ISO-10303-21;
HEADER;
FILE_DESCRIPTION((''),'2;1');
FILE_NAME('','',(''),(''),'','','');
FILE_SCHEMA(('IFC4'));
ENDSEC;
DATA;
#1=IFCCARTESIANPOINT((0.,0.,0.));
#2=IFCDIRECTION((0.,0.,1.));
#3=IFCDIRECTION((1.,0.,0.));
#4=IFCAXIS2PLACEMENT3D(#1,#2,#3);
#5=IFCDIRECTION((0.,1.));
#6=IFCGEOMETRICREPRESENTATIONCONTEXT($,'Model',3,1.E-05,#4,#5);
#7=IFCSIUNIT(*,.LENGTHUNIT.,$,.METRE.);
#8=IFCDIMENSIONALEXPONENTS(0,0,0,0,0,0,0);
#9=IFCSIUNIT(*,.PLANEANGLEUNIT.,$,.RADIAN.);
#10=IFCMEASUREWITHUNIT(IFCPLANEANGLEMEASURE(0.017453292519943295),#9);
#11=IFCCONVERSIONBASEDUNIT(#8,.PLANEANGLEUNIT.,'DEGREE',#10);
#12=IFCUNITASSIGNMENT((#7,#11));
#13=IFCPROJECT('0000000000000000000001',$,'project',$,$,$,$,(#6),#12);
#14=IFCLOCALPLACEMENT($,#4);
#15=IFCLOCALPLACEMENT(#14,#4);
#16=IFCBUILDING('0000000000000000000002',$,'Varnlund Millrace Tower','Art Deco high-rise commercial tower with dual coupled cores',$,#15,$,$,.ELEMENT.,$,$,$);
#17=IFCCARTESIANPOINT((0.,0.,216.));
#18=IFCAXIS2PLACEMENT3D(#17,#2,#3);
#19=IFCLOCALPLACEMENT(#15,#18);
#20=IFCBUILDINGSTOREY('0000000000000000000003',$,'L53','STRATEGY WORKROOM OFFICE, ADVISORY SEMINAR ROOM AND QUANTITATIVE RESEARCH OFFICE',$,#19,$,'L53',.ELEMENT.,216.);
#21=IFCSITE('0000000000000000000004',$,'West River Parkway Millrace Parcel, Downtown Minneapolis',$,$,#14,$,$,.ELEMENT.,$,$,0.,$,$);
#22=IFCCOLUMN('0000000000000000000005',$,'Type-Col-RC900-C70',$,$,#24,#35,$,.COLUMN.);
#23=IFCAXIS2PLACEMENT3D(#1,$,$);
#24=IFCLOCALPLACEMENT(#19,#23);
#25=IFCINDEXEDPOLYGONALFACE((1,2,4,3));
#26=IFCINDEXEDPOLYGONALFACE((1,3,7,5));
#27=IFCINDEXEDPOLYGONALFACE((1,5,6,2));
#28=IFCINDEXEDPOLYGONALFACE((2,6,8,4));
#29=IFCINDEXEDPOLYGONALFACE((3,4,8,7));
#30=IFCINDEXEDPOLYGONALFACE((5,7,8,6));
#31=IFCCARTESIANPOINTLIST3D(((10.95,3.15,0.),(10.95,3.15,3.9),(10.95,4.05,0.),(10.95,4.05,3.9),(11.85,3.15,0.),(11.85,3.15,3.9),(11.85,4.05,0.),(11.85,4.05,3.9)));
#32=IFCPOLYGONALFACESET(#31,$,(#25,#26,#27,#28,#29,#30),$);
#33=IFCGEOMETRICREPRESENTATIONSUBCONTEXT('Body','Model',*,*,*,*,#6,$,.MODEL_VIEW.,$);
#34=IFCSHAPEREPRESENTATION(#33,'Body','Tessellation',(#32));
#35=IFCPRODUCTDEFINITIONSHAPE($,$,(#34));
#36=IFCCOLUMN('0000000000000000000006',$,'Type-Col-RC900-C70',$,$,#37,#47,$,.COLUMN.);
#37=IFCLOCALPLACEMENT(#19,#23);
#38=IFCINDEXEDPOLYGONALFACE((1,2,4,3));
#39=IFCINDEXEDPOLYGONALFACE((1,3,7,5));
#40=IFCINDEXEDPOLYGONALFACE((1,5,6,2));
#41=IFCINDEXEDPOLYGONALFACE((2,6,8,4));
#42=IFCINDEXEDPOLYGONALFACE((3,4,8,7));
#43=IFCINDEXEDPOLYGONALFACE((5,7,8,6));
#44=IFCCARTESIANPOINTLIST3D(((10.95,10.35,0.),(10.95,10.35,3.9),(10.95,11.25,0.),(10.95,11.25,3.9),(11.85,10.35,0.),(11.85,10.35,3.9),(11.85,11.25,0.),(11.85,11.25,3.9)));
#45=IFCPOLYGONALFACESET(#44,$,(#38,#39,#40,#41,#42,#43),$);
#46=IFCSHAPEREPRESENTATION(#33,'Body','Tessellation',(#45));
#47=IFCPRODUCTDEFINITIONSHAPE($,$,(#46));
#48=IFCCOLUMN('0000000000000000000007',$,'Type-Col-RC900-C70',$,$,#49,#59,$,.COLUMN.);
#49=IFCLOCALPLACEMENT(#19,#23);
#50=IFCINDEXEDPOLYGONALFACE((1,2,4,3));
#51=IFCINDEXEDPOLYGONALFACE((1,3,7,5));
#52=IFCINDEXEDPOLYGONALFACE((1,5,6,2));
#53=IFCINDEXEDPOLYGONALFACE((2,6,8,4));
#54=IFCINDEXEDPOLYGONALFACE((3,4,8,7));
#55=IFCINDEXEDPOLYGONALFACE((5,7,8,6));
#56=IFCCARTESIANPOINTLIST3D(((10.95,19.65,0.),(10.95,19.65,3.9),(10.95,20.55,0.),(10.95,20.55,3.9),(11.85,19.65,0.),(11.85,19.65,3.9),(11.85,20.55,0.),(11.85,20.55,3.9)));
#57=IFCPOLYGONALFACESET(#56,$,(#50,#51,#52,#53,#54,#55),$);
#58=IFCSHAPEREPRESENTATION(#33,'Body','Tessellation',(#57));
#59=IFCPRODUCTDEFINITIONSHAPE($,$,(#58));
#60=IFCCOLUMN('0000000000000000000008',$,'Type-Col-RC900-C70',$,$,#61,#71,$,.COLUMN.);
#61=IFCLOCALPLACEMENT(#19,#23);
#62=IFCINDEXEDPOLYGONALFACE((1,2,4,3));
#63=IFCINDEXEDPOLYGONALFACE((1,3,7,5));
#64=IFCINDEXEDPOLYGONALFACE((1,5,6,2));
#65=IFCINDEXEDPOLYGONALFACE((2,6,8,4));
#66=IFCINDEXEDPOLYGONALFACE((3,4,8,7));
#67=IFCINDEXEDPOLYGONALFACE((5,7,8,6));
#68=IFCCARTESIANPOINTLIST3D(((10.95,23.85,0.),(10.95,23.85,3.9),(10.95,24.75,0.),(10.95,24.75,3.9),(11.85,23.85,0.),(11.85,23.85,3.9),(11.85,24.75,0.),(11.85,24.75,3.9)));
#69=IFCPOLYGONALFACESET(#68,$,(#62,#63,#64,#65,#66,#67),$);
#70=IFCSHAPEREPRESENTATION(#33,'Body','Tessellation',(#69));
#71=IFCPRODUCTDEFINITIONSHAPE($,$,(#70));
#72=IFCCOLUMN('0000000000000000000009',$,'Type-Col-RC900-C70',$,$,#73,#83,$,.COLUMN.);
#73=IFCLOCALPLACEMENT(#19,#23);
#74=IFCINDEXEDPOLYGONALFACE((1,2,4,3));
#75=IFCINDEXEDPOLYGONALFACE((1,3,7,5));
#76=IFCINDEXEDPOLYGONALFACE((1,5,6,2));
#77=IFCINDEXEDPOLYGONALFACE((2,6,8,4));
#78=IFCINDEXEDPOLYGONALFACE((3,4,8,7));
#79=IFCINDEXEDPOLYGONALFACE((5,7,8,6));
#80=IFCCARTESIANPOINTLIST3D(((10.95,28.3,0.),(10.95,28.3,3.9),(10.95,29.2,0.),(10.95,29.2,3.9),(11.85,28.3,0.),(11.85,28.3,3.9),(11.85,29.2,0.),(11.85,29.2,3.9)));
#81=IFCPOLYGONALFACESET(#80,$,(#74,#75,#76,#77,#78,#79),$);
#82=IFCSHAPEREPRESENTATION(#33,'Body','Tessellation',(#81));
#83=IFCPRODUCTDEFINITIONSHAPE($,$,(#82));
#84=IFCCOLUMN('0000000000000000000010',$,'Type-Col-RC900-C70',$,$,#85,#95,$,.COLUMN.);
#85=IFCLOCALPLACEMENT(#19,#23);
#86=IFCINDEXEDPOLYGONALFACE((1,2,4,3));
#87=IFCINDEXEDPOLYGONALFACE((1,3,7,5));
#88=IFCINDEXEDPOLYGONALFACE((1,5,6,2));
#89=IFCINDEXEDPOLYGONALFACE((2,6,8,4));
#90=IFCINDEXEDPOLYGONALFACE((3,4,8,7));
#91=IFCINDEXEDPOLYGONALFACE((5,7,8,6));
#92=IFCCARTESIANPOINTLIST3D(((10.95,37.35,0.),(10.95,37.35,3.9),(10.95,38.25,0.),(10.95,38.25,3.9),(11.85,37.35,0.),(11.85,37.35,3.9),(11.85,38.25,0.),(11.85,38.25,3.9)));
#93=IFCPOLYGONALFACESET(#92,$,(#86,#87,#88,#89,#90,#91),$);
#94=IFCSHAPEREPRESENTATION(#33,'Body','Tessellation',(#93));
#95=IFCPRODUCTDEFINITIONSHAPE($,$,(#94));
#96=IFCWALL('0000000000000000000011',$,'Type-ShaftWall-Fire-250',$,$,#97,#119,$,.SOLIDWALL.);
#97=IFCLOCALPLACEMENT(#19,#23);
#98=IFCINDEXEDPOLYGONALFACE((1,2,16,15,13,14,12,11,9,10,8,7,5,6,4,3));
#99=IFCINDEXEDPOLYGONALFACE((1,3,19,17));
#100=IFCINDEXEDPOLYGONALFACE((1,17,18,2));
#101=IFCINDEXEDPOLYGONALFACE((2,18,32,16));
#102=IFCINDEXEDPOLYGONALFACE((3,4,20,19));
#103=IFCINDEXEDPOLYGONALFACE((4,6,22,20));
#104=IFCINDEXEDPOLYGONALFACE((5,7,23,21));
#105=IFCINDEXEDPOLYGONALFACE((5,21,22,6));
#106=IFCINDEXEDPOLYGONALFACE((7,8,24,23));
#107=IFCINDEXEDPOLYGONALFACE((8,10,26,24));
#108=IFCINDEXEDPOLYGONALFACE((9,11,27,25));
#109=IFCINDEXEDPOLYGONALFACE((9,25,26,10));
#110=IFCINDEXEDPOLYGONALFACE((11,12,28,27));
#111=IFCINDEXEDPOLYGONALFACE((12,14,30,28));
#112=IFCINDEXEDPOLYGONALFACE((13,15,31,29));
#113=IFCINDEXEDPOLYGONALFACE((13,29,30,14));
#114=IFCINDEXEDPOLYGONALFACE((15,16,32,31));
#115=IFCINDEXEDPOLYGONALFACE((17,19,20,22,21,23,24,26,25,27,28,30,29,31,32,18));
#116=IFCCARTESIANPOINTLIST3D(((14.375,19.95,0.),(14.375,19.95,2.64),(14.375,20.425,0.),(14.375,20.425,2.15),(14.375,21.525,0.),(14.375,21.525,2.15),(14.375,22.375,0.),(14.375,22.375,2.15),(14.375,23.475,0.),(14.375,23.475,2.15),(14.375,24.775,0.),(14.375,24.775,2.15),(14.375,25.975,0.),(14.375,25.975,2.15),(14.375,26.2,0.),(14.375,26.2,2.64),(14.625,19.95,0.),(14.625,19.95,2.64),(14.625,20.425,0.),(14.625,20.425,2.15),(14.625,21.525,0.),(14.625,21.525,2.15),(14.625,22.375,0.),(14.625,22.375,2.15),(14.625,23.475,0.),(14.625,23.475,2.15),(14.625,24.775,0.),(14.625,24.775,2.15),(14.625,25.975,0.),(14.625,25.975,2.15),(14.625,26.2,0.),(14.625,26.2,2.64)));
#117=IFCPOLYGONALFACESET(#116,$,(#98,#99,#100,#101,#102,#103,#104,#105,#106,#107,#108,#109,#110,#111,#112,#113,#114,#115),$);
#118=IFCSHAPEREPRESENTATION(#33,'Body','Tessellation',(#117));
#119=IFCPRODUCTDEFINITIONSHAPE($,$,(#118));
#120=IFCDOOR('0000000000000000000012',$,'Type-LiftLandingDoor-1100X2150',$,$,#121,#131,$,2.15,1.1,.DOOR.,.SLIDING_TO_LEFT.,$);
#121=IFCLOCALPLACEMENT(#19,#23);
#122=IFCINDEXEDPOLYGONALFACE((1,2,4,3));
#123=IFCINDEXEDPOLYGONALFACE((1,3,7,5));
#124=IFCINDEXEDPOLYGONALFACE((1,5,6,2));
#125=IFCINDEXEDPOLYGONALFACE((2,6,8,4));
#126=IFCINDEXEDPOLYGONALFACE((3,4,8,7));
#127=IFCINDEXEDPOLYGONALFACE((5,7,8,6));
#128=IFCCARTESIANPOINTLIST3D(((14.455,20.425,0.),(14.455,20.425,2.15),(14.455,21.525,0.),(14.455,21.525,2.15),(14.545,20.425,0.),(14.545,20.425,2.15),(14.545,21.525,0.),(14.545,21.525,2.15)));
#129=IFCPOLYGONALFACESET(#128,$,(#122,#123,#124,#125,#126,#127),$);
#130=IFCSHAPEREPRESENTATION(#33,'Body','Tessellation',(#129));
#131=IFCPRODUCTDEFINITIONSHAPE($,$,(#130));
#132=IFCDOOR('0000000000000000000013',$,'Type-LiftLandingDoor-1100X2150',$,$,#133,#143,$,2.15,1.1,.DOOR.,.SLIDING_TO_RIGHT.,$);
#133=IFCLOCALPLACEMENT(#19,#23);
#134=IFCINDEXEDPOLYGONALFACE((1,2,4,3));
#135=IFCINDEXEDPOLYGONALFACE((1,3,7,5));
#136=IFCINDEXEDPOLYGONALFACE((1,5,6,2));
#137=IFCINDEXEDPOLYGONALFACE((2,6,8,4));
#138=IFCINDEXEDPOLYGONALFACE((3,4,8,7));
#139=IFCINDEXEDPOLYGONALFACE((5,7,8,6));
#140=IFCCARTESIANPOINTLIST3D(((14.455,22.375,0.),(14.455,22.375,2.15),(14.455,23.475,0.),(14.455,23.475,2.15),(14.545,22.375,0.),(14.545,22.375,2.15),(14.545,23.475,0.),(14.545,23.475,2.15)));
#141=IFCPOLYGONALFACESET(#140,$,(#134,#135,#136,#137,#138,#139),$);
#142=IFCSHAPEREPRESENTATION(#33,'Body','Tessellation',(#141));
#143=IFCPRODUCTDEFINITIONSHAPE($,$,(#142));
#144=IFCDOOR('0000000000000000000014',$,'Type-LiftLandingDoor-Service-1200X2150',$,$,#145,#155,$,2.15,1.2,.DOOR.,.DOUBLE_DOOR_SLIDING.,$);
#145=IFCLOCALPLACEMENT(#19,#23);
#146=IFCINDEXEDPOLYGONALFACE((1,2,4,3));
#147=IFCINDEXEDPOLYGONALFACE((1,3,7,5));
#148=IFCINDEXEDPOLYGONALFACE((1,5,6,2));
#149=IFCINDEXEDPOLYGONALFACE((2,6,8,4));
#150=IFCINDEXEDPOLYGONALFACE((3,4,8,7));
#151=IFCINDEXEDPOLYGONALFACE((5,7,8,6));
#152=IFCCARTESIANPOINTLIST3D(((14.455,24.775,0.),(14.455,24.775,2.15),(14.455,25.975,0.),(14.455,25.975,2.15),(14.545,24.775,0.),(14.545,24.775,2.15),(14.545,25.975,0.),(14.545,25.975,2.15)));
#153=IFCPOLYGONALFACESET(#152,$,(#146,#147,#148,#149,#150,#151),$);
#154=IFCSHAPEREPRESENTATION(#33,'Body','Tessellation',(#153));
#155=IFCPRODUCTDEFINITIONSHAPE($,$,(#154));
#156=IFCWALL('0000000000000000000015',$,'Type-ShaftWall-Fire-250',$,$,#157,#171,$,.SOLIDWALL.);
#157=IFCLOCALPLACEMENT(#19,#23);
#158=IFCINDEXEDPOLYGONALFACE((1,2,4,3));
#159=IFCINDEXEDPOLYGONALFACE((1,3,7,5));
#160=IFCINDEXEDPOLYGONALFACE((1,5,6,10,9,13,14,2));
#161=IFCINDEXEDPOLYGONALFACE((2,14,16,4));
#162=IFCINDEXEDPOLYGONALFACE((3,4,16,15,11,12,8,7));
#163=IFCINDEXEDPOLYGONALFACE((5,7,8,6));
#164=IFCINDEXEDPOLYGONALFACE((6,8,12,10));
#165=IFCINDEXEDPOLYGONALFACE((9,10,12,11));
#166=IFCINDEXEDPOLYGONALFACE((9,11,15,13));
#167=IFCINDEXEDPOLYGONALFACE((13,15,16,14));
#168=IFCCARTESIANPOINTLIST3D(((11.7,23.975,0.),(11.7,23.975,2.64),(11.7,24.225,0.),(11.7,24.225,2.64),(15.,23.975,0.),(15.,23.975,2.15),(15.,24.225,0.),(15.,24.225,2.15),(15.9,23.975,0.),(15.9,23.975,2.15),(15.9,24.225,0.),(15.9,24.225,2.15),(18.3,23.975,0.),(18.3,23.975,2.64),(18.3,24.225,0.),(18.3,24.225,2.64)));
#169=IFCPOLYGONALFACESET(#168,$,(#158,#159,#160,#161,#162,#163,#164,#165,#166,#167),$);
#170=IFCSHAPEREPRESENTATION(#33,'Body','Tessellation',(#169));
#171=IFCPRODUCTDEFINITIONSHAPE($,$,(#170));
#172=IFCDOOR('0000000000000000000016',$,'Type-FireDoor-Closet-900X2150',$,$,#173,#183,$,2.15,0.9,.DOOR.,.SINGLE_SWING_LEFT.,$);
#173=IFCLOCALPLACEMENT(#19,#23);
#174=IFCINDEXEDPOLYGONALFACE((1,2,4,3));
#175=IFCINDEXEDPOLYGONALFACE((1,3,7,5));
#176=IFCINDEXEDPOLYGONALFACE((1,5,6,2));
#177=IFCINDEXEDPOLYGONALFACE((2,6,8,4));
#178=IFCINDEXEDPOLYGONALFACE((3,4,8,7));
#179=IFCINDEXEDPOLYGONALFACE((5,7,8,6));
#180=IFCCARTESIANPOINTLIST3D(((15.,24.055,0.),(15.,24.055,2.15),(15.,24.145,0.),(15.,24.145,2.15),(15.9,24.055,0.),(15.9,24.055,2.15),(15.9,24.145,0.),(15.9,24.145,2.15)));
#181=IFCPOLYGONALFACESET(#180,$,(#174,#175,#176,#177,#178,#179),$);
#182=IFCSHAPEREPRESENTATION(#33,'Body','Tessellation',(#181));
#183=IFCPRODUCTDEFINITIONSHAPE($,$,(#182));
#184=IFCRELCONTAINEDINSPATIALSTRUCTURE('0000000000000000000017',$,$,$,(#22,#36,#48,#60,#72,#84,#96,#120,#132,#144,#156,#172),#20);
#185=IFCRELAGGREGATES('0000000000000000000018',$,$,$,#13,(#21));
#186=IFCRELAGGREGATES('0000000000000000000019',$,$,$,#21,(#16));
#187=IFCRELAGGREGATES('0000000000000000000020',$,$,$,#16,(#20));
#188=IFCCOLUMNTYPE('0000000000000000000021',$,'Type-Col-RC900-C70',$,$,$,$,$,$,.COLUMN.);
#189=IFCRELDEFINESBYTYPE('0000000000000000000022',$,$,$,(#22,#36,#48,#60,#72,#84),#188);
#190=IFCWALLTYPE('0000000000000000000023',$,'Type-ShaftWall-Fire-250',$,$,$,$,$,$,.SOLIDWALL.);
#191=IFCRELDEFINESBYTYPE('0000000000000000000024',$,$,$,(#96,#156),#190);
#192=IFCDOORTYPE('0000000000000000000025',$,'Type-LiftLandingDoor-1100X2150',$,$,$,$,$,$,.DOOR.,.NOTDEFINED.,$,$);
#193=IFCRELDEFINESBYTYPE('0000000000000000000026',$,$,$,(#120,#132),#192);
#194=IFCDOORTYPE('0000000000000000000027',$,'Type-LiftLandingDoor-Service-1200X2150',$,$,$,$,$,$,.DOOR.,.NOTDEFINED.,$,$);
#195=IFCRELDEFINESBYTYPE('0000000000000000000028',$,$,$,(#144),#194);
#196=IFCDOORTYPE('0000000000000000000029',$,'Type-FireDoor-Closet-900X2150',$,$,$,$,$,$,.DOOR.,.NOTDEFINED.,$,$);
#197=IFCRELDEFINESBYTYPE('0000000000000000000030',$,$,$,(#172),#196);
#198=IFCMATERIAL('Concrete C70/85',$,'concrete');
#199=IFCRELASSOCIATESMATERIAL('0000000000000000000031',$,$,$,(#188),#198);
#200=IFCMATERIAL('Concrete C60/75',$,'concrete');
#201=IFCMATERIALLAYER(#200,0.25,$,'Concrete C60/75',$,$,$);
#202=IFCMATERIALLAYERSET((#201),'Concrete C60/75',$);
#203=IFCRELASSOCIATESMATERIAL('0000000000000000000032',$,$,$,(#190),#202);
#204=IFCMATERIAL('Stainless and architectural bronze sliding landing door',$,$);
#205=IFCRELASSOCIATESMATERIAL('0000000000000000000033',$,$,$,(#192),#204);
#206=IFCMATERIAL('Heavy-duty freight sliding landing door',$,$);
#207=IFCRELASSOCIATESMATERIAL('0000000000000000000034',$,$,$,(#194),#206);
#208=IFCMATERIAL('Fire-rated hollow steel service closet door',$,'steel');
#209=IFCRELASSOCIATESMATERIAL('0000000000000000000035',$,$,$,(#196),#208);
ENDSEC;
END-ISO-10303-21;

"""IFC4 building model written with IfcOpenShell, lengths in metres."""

from ifc_helpers import new_model, entity, si_unit, converted_unit, direction, frame, origin_with_axes, origin_2d_with_axis, place, context, subcontext, project, spatial, polyline, rectangle, outline, extrude, material, layer, layer_set, material_profile, profile_set, type_object, element, fill, save


model = new_model("IFC4")

# Units and contexts
model_context = context("Model", 3, precision=1e-05, world=origin_with_axes(), true_north=direction((0.0, 1.0)))
body_context = subcontext(model_context, "Body", "Model", "MODEL_VIEW")
ifc_project = project(units=[si_unit("LENGTHUNIT", "METRE"), converted_unit("PLANEANGLEUNIT", "DEGREE", entity("IfcPlaneAngleMeasure", 0.017453292519943295), si_unit("PLANEANGLEUNIT", "RADIAN"), dimensions=[0, 0, 0, 0, 0, 0, 0])], contexts=[model_context])

# Site, building, storey
site_placement = place(None, origin_with_axes())
site = spatial("IfcSite", under=ifc_project, at=site_placement, Name="West River Parkway Millrace Parcel, Downtown Minneapolis", CompositionType="ELEMENT", RefElevation=0.0)
building_placement = place(site_placement, origin_with_axes())
building = spatial("IfcBuilding", under=site, at=building_placement, Name="Varnlund Millrace Tower", Description="Art Deco high-rise commercial tower with dual coupled cores", CompositionType="ELEMENT")
storey_placement = place(building_placement, frame((0.0, 0.0, 216.0), z_axis=(0.0, 0.0, 1.0), x_axis=(1.0, 0.0, 0.0)))
storey = spatial("IfcBuildingStorey", under=building, at=storey_placement, Name="L53", Description="STRATEGY WORKROOM OFFICE, ADVISORY SEMINAR ROOM AND QUANTITATIVE RESEARCH OFFICE", LongName="L53", CompositionType="ELEMENT", Elevation=216.0)

# Columns
ifc_material_1 = material(Name="Concrete C70/85", Category="concrete")
ifc_material_profile = material_profile(ifc_material_1, rectangle(XDim=0.9, YDim=0.9, at=origin_2d_with_axis()), Name="Concrete C70/85")
ifc_profile_set = profile_set([ifc_material_profile], Name="Concrete C70/85")
column_type = type_object("IfcColumnType", Name="Type-Col-RC900-C70", PredefinedType="COLUMN", material=ifc_profile_set)
for number, where, z_axis, x_axis, name in (
    (1, (11.4, 3.6, 0.0), (0.0, 0.0, 1.0), (1.0, 0.0, 0.0), "Type-Col-RC900-C70"),
    (2, (11.4, 10.8, 0.0), (0.0, 0.0, 1.0), (1.0, 0.0, 0.0), "Type-Col-RC900-C70"),
    (3, (11.4, 20.1, 0.0), (0.0, 0.0, 1.0), (1.0, 0.0, 0.0), "Type-Col-RC900-C70"),
    (4, (11.4, 24.3, 0.0), (0.0, 0.0, 1.0), (1.0, 0.0, 0.0), "Type-Col-RC900-C70"),
    (5, (11.4, 28.75, 0.0), (0.0, 0.0, 1.0), (1.0, 0.0, 0.0), "Type-Col-RC900-C70"),
    (6, (11.4, 37.8, 0.0), (0.0, 0.0, 1.0), (1.0, 0.0, 0.0), "Type-Col-RC900-C70"),
):
    element("IfcColumn", number, at=place(storey_placement, frame(where, z_axis=z_axis, x_axis=x_axis)), inside=storey, type_object=column_type, Name=name, PredefinedType="COLUMN", context=body_context, shape_type="SweptSolid", body=[
        extrude(rectangle(XDim=0.9, YDim=0.9, at=origin_2d_with_axis()), origin_with_axes(), (0.0, 0.0, 1.0), 3.9),
    ])

# Wall, openings, doors
ifc_material_2 = material(Name="Concrete C60/75", Category="concrete")
ifc_layer = layer(ifc_material_2, 0.25, Name="Concrete C60/75")
ifc_layer_set = layer_set([ifc_layer], Name="Concrete C60/75")
wall_type_1 = type_object("IfcWallType", Name="Type-ShaftWall-Fire-250", PredefinedType="SOLIDWALL", material=ifc_layer_set)
wall_1_placement = place(storey_placement, frame((14.5, 19.95, 0.0), z_axis=(0.0, 0.0, 1.0), x_axis=(0.0, 1.0, 0.0)))
wall_1 = element("IfcWall", 7, at=wall_1_placement, inside=storey, type_object=wall_type_1, Name="Type-ShaftWall-Fire-250", PredefinedType="SOLIDWALL", context=body_context, shape_type="SweptSolid", body=[
    extrude(outline(polyline([(0.0, -0.125), (6.25, -0.125), (6.25, 0.125), (0.0, 0.125), (0.0, -0.125)])), origin_with_axes(), (0.0, 0.0, 1.0), 2.64),
])
opening_1_placement = place(wall_1_placement, frame((1.025, 0.0, 0.0), z_axis=(0.0, 0.0, 1.0), x_axis=(1.0, 0.0, 0.0)))
opening_1 = element("IfcOpeningElement", 8, at=opening_1_placement, cuts=wall_1, PredefinedType="OPENING", context=body_context, shape_type="SweptSolid", body=[
    extrude(rectangle(XDim=1.1, YDim=0.27, at=origin_2d_with_axis()), origin_with_axes(), (0.0, 0.0, 1.0), 2.15),
])
opening_2_placement = place(wall_1_placement, frame((2.975, 0.0, 0.0), z_axis=(0.0, 0.0, 1.0), x_axis=(1.0, 0.0, 0.0)))
opening_2 = element("IfcOpeningElement", 9, at=opening_2_placement, cuts=wall_1, PredefinedType="OPENING", context=body_context, shape_type="SweptSolid", body=[
    extrude(rectangle(XDim=1.1, YDim=0.27, at=origin_2d_with_axis()), origin_with_axes(), (0.0, 0.0, 1.0), 2.15),
])
opening_3_placement = place(wall_1_placement, frame((5.425, 0.0, 0.0), z_axis=(0.0, 0.0, 1.0), x_axis=(1.0, 0.0, 0.0)))
opening_3 = element("IfcOpeningElement", 10, at=opening_3_placement, cuts=wall_1, PredefinedType="OPENING", context=body_context, shape_type="SweptSolid", body=[
    extrude(rectangle(XDim=1.2, YDim=0.27, at=origin_2d_with_axis()), origin_with_axes(), (0.0, 0.0, 1.0), 2.15),
])
ifc_material_3 = material(Name="Stainless and architectural bronze sliding landing door")
door_type_1 = type_object("IfcDoorType", Name="Type-LiftLandingDoor-1100X2150", OperationType="NOTDEFINED", PredefinedType="DOOR", material=ifc_material_3)
door_1_placement = place(wall_1_placement, frame((1.025, 0.0, 0.0), z_axis=(0.0, 0.0, 1.0), x_axis=(1.0, 0.0, 0.0)))
door_1 = element("IfcDoor", 11, at=door_1_placement, inside=storey, type_object=door_type_1, Name="Type-LiftLandingDoor-1100X2150", OperationType="SLIDING_TO_LEFT", OverallHeight=2.15, OverallWidth=1.1, PredefinedType="DOOR", context=body_context, shape_type="SweptSolid", body=[
    extrude(rectangle(XDim=1.1, YDim=0.09, at=origin_2d_with_axis()), origin_with_axes(), (0.0, 0.0, 1.0), 2.15),
])
fill(opening_1, door_1)
door_2_placement = place(wall_1_placement, frame((2.975, 0.0, 0.0), z_axis=(0.0, 0.0, 1.0), x_axis=(1.0, 0.0, 0.0)))
door_2 = element("IfcDoor", 12, at=door_2_placement, inside=storey, type_object=door_type_1, Name="Type-LiftLandingDoor-1100X2150", OperationType="SLIDING_TO_RIGHT", OverallHeight=2.15, OverallWidth=1.1, PredefinedType="DOOR", context=body_context, shape_type="SweptSolid", body=[
    extrude(rectangle(XDim=1.1, YDim=0.09, at=origin_2d_with_axis()), origin_with_axes(), (0.0, 0.0, 1.0), 2.15),
])
fill(opening_2, door_2)
ifc_material_4 = material(Name="Heavy-duty freight sliding landing door")
door_type_2 = type_object("IfcDoorType", Name="Type-LiftLandingDoor-Service-1200X2150", OperationType="NOTDEFINED", PredefinedType="DOOR", material=ifc_material_4)
door_3_placement = place(wall_1_placement, frame((5.425, 0.0, 0.0), z_axis=(0.0, 0.0, 1.0), x_axis=(1.0, 0.0, 0.0)))
door_3 = element("IfcDoor", 13, at=door_3_placement, inside=storey, type_object=door_type_2, Name="Type-LiftLandingDoor-Service-1200X2150", OperationType="DOUBLE_DOOR_SLIDING", OverallHeight=2.15, OverallWidth=1.2, PredefinedType="DOOR", context=body_context, shape_type="SweptSolid", body=[
    extrude(rectangle(XDim=1.2, YDim=0.09, at=origin_2d_with_axis()), origin_with_axes(), (0.0, 0.0, 1.0), 2.15),
])
fill(opening_3, door_3)

# Wall, opening, door
wall_2_placement = place(storey_placement, frame((11.7, 24.1, 0.0), z_axis=(0.0, 0.0, 1.0), x_axis=(1.0, 0.0, 0.0)))
wall_2 = element("IfcWall", 14, at=wall_2_placement, inside=storey, type_object=wall_type_1, Name="Type-ShaftWall-Fire-250", PredefinedType="SOLIDWALL", context=body_context, shape_type="SweptSolid", body=[
    extrude(outline(polyline([(0.0, -0.125), (6.6, -0.125), (6.6, 0.125), (0.0, 0.125), (0.0, -0.125)])), origin_with_axes(), (0.0, 0.0, 1.0), 2.64),
])
opening_4_placement = place(wall_2_placement, frame((3.75, 0.0, 0.0), z_axis=(0.0, 0.0, 1.0), x_axis=(1.0, 0.0, 0.0)))
opening_4 = element("IfcOpeningElement", 15, at=opening_4_placement, cuts=wall_2, PredefinedType="OPENING", context=body_context, shape_type="SweptSolid", body=[
    extrude(rectangle(XDim=0.9, YDim=0.27, at=origin_2d_with_axis()), origin_with_axes(), (0.0, 0.0, 1.0), 2.15),
])
ifc_material_5 = material(Name="Fire-rated hollow steel service closet door", Category="steel")
door_type_3 = type_object("IfcDoorType", Name="Type-FireDoor-Closet-900X2150", OperationType="NOTDEFINED", PredefinedType="DOOR", material=ifc_material_5)
door_4_placement = place(wall_2_placement, frame((3.75, 0.0, 0.0), z_axis=(0.0, 0.0, 1.0), x_axis=(1.0, 0.0, 0.0)))
door_4 = element("IfcDoor", 16, at=door_4_placement, inside=storey, type_object=door_type_3, Name="Type-FireDoor-Closet-900X2150", OperationType="SINGLE_SWING_LEFT", OverallHeight=2.15, OverallWidth=0.9, PredefinedType="DOOR", context=body_context, shape_type="SweptSolid", body=[
    extrude(rectangle(XDim=0.9, YDim=0.09, at=origin_2d_with_axis()), origin_with_axes(), (0.0, 0.0, 1.0), 2.15),
])
fill(opening_4, door_4)

save(model, "model.ifc")
